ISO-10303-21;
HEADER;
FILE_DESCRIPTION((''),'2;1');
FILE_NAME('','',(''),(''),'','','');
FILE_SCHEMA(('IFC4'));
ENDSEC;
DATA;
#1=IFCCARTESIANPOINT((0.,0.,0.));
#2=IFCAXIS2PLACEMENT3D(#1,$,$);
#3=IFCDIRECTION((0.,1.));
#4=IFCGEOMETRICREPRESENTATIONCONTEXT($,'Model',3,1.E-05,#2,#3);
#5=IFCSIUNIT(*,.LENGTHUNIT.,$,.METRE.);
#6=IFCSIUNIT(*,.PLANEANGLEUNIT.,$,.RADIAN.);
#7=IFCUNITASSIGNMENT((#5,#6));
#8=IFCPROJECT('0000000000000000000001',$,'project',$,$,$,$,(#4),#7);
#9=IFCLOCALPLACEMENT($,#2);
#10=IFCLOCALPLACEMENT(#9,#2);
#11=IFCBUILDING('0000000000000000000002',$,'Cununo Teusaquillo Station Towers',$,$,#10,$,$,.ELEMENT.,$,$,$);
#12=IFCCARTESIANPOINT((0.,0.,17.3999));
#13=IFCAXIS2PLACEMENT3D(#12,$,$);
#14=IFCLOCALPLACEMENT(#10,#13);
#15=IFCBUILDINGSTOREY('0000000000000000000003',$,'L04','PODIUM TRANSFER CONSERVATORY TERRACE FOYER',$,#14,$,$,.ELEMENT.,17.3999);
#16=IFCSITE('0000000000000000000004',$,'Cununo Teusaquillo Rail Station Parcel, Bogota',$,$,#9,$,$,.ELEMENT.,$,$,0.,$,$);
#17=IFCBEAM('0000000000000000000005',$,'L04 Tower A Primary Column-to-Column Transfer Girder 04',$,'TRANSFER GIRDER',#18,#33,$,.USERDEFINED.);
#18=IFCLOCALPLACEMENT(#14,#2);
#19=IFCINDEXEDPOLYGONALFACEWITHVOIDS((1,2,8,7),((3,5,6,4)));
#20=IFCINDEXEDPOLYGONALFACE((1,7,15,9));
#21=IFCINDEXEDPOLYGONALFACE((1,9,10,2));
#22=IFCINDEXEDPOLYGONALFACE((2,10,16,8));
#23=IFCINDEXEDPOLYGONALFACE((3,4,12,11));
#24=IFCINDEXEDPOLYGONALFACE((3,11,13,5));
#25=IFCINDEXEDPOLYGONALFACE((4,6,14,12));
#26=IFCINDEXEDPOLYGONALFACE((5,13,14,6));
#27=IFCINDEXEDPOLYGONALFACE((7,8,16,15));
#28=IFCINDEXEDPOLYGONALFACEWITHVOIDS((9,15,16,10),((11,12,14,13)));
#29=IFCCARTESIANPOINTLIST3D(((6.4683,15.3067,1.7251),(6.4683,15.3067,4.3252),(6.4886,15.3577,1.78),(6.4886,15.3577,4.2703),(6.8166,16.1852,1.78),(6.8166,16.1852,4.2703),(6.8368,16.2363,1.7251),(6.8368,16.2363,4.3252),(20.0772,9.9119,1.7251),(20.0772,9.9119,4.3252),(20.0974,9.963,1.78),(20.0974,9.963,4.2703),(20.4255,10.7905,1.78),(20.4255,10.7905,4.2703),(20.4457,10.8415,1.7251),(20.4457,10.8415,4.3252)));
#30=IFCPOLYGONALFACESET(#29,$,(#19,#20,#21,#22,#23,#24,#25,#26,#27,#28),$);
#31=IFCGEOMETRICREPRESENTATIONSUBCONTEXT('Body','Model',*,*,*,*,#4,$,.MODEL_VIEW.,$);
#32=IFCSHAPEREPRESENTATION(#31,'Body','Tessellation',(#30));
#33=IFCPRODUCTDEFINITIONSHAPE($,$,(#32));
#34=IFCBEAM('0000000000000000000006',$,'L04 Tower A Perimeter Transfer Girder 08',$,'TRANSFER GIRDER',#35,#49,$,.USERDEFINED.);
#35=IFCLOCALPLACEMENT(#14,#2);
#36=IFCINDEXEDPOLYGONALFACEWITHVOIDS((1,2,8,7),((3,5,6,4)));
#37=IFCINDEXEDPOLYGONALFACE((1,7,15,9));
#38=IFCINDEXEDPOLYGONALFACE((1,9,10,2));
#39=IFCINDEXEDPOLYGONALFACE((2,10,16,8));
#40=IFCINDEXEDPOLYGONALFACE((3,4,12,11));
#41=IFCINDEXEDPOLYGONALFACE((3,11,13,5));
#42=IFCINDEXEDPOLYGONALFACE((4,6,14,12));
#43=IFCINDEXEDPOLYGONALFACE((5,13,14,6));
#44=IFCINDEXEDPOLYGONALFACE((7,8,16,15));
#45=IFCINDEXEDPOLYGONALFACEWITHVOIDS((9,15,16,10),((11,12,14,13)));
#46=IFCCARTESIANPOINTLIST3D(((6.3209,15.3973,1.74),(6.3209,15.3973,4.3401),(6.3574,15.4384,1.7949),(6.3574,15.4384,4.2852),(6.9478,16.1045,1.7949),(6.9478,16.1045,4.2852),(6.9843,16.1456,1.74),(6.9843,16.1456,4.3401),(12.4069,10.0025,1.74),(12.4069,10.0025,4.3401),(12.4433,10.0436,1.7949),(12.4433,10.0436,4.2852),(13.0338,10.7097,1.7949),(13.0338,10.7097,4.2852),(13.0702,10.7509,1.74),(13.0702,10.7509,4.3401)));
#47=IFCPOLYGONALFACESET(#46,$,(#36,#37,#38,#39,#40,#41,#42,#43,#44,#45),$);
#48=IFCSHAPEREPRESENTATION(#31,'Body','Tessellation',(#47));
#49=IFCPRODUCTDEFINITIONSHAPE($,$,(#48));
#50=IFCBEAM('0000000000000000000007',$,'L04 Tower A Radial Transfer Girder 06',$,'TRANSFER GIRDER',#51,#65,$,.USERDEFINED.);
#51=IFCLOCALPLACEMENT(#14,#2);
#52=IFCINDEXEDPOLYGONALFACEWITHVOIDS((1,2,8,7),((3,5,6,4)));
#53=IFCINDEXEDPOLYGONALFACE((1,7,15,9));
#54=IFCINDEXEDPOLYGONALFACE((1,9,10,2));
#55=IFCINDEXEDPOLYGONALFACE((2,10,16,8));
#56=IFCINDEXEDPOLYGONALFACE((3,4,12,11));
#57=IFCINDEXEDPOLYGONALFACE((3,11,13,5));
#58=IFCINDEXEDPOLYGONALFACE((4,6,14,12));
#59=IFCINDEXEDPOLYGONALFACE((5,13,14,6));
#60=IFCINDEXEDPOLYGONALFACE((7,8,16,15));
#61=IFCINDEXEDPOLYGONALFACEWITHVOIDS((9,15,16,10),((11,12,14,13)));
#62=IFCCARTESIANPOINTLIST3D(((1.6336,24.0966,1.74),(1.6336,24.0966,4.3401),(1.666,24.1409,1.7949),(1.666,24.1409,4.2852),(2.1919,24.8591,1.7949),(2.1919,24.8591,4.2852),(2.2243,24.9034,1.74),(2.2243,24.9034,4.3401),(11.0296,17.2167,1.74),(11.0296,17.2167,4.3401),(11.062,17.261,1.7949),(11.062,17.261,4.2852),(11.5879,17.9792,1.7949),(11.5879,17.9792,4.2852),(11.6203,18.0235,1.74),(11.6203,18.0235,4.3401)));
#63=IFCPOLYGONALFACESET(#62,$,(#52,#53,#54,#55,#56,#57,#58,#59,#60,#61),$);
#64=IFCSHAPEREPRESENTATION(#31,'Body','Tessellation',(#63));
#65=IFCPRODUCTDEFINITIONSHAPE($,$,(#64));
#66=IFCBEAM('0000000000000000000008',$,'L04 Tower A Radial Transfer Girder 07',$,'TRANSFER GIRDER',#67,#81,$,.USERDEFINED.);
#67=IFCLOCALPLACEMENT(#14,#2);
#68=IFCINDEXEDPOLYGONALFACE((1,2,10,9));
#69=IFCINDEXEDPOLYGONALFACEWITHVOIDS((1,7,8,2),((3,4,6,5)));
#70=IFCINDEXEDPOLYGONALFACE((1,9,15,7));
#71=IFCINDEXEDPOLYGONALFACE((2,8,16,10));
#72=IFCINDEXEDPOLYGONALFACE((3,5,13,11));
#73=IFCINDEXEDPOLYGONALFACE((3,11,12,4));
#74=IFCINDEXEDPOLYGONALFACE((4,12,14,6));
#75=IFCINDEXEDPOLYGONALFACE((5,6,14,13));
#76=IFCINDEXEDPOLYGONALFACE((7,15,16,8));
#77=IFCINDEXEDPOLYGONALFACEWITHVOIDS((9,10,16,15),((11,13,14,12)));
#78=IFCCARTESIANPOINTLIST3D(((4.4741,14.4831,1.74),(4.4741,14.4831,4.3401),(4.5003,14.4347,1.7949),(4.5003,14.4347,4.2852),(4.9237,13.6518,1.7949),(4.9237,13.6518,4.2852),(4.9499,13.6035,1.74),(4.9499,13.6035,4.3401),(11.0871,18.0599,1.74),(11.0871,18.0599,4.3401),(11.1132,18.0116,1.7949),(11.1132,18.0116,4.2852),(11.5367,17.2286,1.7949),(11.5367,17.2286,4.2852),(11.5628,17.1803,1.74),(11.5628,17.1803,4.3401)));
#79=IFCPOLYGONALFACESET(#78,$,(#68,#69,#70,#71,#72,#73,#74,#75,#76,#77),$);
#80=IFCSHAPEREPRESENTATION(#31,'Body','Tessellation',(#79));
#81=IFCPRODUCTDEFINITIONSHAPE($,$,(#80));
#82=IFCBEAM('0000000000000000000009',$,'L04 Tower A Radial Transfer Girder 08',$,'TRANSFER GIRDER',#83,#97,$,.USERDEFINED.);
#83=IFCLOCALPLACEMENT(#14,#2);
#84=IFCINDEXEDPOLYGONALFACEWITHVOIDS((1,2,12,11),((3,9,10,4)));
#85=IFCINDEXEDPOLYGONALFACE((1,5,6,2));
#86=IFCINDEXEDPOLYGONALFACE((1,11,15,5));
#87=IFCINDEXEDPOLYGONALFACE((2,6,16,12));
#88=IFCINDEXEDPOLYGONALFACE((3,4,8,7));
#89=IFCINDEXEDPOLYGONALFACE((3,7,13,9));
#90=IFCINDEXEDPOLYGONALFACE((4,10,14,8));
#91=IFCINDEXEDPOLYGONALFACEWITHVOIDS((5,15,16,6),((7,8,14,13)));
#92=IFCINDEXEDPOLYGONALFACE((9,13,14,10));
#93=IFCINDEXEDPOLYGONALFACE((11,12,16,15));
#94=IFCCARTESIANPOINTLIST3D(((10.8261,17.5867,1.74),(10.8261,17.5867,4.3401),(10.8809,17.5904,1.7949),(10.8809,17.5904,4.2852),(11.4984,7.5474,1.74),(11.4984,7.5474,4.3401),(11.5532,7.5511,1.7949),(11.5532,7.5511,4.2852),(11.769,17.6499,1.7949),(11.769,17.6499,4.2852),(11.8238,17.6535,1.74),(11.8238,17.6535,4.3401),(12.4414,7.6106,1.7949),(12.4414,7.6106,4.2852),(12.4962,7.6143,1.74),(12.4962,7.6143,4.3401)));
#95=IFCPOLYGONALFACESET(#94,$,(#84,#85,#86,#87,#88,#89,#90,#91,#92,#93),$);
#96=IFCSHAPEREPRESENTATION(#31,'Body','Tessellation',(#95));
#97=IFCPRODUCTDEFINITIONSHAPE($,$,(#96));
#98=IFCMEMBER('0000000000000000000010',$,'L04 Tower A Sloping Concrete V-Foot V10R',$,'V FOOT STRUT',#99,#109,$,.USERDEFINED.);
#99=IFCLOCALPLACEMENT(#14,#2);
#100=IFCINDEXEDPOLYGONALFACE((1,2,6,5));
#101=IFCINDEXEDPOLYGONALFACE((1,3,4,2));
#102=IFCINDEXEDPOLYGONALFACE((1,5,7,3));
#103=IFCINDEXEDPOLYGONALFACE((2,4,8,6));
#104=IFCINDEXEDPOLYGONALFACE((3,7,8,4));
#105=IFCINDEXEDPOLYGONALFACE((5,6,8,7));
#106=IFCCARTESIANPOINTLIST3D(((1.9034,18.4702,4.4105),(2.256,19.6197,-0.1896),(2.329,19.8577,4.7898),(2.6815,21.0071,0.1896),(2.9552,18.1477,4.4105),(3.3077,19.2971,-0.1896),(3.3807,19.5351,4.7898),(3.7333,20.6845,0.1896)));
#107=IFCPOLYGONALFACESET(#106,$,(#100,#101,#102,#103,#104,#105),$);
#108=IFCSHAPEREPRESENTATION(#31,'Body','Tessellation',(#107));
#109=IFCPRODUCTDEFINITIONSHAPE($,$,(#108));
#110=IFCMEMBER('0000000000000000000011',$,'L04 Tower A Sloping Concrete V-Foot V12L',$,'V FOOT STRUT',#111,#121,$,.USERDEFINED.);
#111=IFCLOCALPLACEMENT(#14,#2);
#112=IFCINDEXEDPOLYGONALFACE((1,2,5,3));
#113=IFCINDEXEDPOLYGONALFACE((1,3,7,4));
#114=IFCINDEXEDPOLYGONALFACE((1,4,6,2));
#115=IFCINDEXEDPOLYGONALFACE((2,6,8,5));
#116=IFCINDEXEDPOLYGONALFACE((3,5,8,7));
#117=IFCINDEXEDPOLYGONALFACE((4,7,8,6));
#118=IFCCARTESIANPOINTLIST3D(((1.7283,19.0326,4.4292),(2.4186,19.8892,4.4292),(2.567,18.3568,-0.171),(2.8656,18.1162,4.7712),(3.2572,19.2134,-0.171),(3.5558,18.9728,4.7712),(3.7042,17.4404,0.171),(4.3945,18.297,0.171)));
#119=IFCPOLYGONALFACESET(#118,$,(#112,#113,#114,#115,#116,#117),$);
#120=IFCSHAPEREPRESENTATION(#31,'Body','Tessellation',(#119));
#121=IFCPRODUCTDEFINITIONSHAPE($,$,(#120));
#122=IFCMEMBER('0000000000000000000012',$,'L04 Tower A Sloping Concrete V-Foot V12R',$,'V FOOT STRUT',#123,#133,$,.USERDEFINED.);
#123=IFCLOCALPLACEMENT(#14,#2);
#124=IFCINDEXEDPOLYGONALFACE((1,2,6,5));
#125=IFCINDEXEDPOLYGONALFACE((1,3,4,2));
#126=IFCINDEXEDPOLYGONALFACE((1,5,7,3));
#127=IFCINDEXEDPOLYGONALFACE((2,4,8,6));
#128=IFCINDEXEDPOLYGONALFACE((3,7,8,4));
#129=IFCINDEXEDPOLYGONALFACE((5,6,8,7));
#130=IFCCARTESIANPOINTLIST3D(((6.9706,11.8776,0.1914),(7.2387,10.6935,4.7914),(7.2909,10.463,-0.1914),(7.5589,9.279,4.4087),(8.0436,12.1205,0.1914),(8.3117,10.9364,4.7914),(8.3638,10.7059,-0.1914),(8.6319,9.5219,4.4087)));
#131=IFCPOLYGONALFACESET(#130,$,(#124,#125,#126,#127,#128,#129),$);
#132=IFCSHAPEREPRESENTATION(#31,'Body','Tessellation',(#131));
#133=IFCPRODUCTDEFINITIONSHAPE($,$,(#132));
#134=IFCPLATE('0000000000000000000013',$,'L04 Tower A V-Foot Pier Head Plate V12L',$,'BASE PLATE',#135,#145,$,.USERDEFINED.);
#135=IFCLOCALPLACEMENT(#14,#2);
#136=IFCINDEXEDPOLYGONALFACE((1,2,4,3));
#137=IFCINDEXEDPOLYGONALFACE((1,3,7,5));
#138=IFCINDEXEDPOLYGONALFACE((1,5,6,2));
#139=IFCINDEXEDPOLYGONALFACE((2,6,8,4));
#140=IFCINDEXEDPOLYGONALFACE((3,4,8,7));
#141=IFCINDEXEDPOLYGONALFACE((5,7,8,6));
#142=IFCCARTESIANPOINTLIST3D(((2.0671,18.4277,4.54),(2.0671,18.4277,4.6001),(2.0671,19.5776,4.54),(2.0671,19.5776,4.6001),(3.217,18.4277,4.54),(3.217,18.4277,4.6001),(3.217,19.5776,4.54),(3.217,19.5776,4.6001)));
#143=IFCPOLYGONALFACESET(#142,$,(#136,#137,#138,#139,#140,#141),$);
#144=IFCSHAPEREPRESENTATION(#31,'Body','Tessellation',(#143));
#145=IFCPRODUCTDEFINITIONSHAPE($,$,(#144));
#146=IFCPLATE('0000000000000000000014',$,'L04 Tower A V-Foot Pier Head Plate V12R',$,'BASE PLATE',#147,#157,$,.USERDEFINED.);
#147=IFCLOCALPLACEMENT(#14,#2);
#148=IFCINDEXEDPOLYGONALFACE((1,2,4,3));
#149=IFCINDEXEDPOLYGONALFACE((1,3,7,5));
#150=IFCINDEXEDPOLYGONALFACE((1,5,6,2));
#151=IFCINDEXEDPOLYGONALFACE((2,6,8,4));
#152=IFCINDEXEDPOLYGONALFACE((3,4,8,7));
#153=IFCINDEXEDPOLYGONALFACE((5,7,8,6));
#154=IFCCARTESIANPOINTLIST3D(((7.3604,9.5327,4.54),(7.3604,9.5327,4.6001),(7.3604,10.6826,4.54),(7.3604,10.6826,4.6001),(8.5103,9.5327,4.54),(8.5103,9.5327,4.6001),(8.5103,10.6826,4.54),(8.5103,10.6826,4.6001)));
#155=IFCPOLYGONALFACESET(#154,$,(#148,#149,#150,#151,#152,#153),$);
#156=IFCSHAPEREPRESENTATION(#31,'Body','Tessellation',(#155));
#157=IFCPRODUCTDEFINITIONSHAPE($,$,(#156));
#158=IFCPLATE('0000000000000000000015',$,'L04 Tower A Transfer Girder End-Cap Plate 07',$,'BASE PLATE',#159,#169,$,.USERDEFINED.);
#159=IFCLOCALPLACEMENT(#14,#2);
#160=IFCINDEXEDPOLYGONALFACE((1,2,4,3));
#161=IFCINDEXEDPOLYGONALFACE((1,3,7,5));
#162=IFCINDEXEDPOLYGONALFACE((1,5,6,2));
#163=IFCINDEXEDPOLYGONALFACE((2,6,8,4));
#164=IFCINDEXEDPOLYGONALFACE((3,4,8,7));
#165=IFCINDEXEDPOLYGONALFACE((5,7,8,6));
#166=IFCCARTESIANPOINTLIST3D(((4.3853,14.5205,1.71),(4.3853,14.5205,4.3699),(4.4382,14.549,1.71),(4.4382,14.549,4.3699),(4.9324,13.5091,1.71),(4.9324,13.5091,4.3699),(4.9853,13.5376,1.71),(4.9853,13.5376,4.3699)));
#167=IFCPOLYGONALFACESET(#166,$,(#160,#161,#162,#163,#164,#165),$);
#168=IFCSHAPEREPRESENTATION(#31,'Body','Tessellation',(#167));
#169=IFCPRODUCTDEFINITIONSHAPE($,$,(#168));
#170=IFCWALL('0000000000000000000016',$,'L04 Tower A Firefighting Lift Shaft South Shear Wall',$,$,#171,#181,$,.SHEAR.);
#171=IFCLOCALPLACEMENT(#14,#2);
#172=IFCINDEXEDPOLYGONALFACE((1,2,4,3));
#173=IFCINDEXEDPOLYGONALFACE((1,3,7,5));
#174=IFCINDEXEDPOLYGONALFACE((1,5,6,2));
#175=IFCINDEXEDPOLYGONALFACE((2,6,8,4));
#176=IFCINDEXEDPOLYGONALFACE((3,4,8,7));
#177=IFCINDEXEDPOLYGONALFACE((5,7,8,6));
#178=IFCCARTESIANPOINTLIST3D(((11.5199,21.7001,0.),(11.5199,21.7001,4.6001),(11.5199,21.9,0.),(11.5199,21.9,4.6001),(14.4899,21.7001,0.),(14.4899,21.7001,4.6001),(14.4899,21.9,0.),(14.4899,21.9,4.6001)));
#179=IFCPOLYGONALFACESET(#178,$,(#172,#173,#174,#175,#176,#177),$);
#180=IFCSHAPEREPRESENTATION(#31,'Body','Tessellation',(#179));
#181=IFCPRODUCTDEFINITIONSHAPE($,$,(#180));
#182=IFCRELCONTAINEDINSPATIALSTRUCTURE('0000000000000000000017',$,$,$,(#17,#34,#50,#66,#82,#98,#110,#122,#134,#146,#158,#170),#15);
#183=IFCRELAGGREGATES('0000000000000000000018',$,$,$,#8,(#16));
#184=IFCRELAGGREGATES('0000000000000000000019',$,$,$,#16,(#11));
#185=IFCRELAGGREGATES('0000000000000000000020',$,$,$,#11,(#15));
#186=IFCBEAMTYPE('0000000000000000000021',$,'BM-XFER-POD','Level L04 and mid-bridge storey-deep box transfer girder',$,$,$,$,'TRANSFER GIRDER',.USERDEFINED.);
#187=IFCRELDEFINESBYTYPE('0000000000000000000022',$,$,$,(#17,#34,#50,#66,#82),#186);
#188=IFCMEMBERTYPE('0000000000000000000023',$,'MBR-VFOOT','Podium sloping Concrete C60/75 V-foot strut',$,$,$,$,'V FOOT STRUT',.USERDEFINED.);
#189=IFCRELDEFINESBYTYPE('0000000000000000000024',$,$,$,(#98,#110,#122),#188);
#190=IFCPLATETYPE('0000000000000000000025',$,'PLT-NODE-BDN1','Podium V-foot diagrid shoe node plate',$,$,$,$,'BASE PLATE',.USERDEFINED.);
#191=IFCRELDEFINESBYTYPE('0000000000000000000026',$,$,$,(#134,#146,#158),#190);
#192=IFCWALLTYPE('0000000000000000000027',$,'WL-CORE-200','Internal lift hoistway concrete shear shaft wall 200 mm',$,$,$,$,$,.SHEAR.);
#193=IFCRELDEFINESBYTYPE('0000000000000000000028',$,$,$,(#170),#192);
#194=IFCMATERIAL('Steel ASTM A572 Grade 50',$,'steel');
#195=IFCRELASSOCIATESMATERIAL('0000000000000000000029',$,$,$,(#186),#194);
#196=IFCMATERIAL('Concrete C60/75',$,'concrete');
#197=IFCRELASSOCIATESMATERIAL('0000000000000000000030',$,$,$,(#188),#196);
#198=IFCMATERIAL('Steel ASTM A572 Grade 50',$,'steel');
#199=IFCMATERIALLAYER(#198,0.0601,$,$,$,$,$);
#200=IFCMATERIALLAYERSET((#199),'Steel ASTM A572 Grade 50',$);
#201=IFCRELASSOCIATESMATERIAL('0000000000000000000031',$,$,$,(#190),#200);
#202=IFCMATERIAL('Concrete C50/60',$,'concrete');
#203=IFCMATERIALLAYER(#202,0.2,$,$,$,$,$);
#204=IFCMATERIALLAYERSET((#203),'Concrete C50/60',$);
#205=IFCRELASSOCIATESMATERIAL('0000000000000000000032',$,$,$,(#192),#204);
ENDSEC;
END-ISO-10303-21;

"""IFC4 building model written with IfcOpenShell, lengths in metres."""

from ifc_helpers import new_model, si_unit, direction, frame, frame_2d, origin, origin_2d, place, context, subcontext, project, spatial, rectangle, hollow_rectangle, extrude, source, transform, mapped, material, layer, layer_set, material_profile, profile_set, type_object, element, save


model = new_model("IFC4")

# Units and contexts
model_context = context("Model", 3, precision=1e-05, world=origin(), true_north=direction((0.0, 1.0)))
body_context = subcontext(model_context, "Body", "Model", "MODEL_VIEW")
ifc_project = project(units=[si_unit("LENGTHUNIT", "METRE"), si_unit("PLANEANGLEUNIT", "RADIAN")], contexts=[model_context])

# Site, building, storey
site_placement = place(None, origin())
site = spatial("IfcSite", under=ifc_project, at=site_placement, Name="Cununo Teusaquillo Rail Station Parcel, Bogota", CompositionType="ELEMENT", RefElevation=0.0)
building_placement = place(site_placement, origin())
building = spatial("IfcBuilding", under=site, at=building_placement, Name="Cununo Teusaquillo Station Towers", CompositionType="ELEMENT")
storey_placement = place(building_placement, frame((0.0, 0.0, 17.3999)))
storey = spatial("IfcBuildingStorey", under=building, at=storey_placement, Name="L04", Description="PODIUM TRANSFER CONSERVATORY TERRACE FOYER", CompositionType="ELEMENT", Elevation=17.3999)

# Beams
ifc_material_1 = material(Name="Steel ASTM A572 Grade 50", Category="steel")
ifc_material_profile_1 = material_profile(ifc_material_1, hollow_rectangle(XDim=1.0, YDim=2.6001, WallThickness=0.0549, at=origin_2d()), Name="BOX 2600x1000x55")
ifc_profile_set_1 = profile_set([ifc_material_profile_1], Name="Steel ASTM A572 Grade 50")
beam_type_1 = type_object("IfcBeamType", Name="BM-XFER-POD", Description="Level L04 and mid-bridge storey-deep box transfer girder", ElementType="TRANSFER GIRDER", PredefinedType="USERDEFINED", material=ifc_profile_set_1)
beam_1_placement = place(storey_placement, frame((6.6526, 15.7715, 3.0251), z_axis=(0.929621, -0.368516, 0.0), x_axis=(0.368516, 0.929621, 0.0)))
element("IfcBeam", 1, at=beam_1_placement, inside=storey, type_object=beam_type_1, Name="L04 Tower A Primary Column-to-Column Transfer Girder 04", ObjectType="TRANSFER GIRDER", PredefinedType="USERDEFINED", context=body_context, shape_type="SweptSolid", body=[
    extrude(hollow_rectangle(XDim=1.0, YDim=2.6001, WallThickness=0.0549, at=origin_2d()), origin(), (0.0, 0.0, 1.0), 14.6392),
])
beam_2_placement = place(storey_placement, frame((6.6526, 15.7715, 3.04), z_axis=(0.748321, -0.663337, 0.0), x_axis=(0.663337, 0.748321, 0.0)))
element("IfcBeam", 2, at=beam_2_placement, inside=storey, type_object=beam_type_1, Name="L04 Tower A Perimeter Transfer Girder 08", ObjectType="TRANSFER GIRDER", PredefinedType="USERDEFINED", context=body_context, shape_type="SweptSolid", body=[
    extrude(hollow_rectangle(XDim=1.0, YDim=2.6001, WallThickness=0.0549, at=origin_2d()), origin(), (0.0, 0.0, 1.0), 8.1328),
])
beam_3_placement = place(storey_placement, frame((11.325, 17.6201, 3.04), z_axis=(-0.806835, 0.590776, 0.0), x_axis=(-0.590776, -0.806835, 0.0)))
element("IfcBeam", 3, at=beam_3_placement, inside=storey, type_object=beam_type_1, Name="L04 Tower A Radial Transfer Girder 06", ObjectType="TRANSFER GIRDER", PredefinedType="USERDEFINED", context=body_context, shape_type="SweptSolid", body=[
    extrude(hollow_rectangle(XDim=1.0, YDim=2.6001, WallThickness=0.0549, at=origin_2d()), origin(), (0.0, 0.0, 1.0), 11.6455),
])
beam_4_placement = place(storey_placement, frame((11.325, 17.6201, 3.04), z_axis=(-0.879579, -0.475753, 0.0), x_axis=(0.475753, -0.879579, 0.0)))
element("IfcBeam", 4, at=beam_4_placement, inside=storey, type_object=beam_type_1, Name="L04 Tower A Radial Transfer Girder 07", ObjectType="TRANSFER GIRDER", PredefinedType="USERDEFINED", context=body_context, shape_type="SweptSolid", body=[
    extrude(hollow_rectangle(XDim=1.0, YDim=2.6001, WallThickness=0.0549, at=origin_2d()), origin(), (0.0, 0.0, 1.0), 7.5183),
])
beam_5_placement = place(storey_placement, frame((11.325, 17.6201, 3.04), z_axis=(0.066823, -0.997765, 0.0), x_axis=(0.997765, 0.066823, 0.0)))
element("IfcBeam", 5, at=beam_5_placement, inside=storey, type_object=beam_type_1, Name="L04 Tower A Radial Transfer Girder 08", ObjectType="TRANSFER GIRDER", PredefinedType="USERDEFINED", context=body_context, shape_type="SweptSolid", body=[
    extrude(hollow_rectangle(XDim=1.0, YDim=2.6001, WallThickness=0.0549, at=origin_2d()), origin(), (0.0, 0.0, 1.0), 10.0618),
])

# Members
ifc_material_2 = material(Name="Concrete C60/75", Category="concrete")
ifc_material_profile_2 = material_profile(ifc_material_2, rectangle(XDim=1.1001, YDim=1.5, at=origin_2d()), Name="RC-RECT-1500x1100")
ifc_profile_set_2 = profile_set([ifc_material_profile_2], Name="Concrete C60/75")
member_type = type_object("IfcMemberType", Name="MBR-VFOOT", Description="Podium sloping Concrete C60/75 V-foot strut", ElementType="V FOOT STRUT", PredefinedType="USERDEFINED", material=ifc_profile_set_2)
member_1_placement = place(storey_placement, frame((2.9946, 20.1521, 0.0), z_axis=(-0.074147, -0.241747, 0.967502), x_axis=(0.956042, -0.29323, 0.0)))
element("IfcMember", 6, at=member_1_placement, inside=storey, type_object=member_type, Name="L04 Tower A Sloping Concrete V-Foot V10R", ObjectType="V FOOT STRUT", PredefinedType="USERDEFINED", context=body_context, shape_type="SweptSolid", body=[
    extrude(rectangle(XDim=1.1001, YDim=1.5, at=origin_2d()), origin(), (0.0, 0.0, 1.0), 4.7546),
])
member_2_placement = place(storey_placement, frame((3.4807, 18.3269, 0.0), z_axis=(-0.177505, 0.143038, 0.973669), x_axis=(-0.627456, -0.778652, 0.0)))
element("IfcMember", 7, at=member_2_placement, inside=storey, type_object=member_type, Name="L04 Tower A Sloping Concrete V-Foot V12L", ObjectType="V FOOT STRUT", PredefinedType="USERDEFINED", context=body_context, shape_type="SweptSolid", body=[
    extrude(rectangle(XDim=1.1001, YDim=1.5, at=origin_2d()), origin(), (0.0, 0.0, 1.0), 4.7246),
])
member_3_placement = place(storey_placement, frame((7.6672, 11.2917, 0.0), z_axis=(0.056345, -0.248882, 0.966894), x_axis=(0.975318, 0.220804, 0.0)))
element("IfcMember", 8, at=member_3_placement, inside=storey, type_object=member_type, Name="L04 Tower A Sloping Concrete V-Foot V12R", ObjectType="V FOOT STRUT", PredefinedType="USERDEFINED", context=body_context, shape_type="SweptSolid", body=[
    extrude(rectangle(XDim=1.1001, YDim=1.5, at=origin_2d()), origin(), (0.0, 0.0, 1.0), 4.7576),
])

# Plates
ifc_material_3 = material(Name="Steel ASTM A572 Grade 50", Category="steel")
ifc_layer_1 = layer(ifc_material_3, 0.0601)
ifc_layer_set_1 = layer_set([ifc_layer_1], Name="Steel ASTM A572 Grade 50")
plate_type = type_object("IfcPlateType", Name="PLT-NODE-BDN1", Description="Podium V-foot diagrid shoe node plate", ElementType="BASE PLATE", PredefinedType="USERDEFINED", material=ifc_layer_set_1)
shared_shape_1 = source(origin(), body_context, "Body", "SweptSolid", [
    extrude(rectangle(XDim=1.1499, YDim=1.1499, at=origin_2d()), origin(), (0.0, 0.0, 1.0), 0.0601),
])
for number, where, z_axis, x_axis, name in (
    (9, (2.6421, 19.0027, 4.54), (0.0, 0.0, 1.0), (1.0, 0.0, 0.0), "L04 Tower A V-Foot Pier Head Plate V12L"),
    (10, (7.9353, 10.1077, 4.54), (0.0, 0.0, 1.0), (1.0, 0.0, 0.0), "L04 Tower A V-Foot Pier Head Plate V12R"),
):
    element("IfcPlate", number, at=place(storey_placement, frame(where, z_axis=z_axis, x_axis=x_axis)), inside=storey, type_object=plate_type, Name=name, ObjectType="BASE PLATE", PredefinedType="USERDEFINED", context=body_context, shape_type="MappedRepresentation", body=[
        mapped(shared_shape_1, transform((0.0, 0.0, 0.0), x_axis=(1.0, 0.0, 0.0), y_axis=(0.0, 1.0, 0.0), z_axis=(0.0, 0.0, 1.0), scale=1.0)),
    ])
shared_shape_2 = source(origin(), body_context, "Body", "SweptSolid", [
    extrude(rectangle(XDim=0.0601, YDim=1.1499, at=origin_2d()), origin(), (0.0, 0.0, 1.0), 2.6599),
])
plate_placement = place(storey_placement, frame((4.6853, 14.0291, 1.71), z_axis=(0.0, 0.0, 1.0), x_axis=(-0.879566, -0.475778, 0.0)))
element("IfcPlate", 11, at=plate_placement, inside=storey, type_object=plate_type, Name="L04 Tower A Transfer Girder End-Cap Plate 07", ObjectType="BASE PLATE", PredefinedType="USERDEFINED", context=body_context, shape_type="MappedRepresentation", body=[
    mapped(shared_shape_2, transform((0.0, 0.0, 0.0), x_axis=(1.0, 0.0, 0.0), y_axis=(0.0, 1.0, 0.0), z_axis=(0.0, 0.0, 1.0), scale=1.0)),
])

# Wall
ifc_material_4 = material(Name="Concrete C50/60", Category="concrete")
ifc_layer_2 = layer(ifc_material_4, 0.2)
ifc_layer_set_2 = layer_set([ifc_layer_2], Name="Concrete C50/60")
wall_type_1 = type_object("IfcWallType", Name="WL-CORE-200", Description="Internal lift hoistway concrete shear shaft wall 200 mm", PredefinedType="SHEAR", material=ifc_layer_set_2)
wall_1_placement = place(storey_placement, frame((11.52, 21.8, 0.0), z_axis=(0.0, 0.0, 1.0), x_axis=(1.0, 0.0, 0.0)))
element("IfcWall", 12, at=wall_1_placement, inside=storey, type_object=wall_type_1, Name="L04 Tower A Firefighting Lift Shaft South Shear Wall", PredefinedType="SHEAR", context=body_context, shape_type="SweptSolid", body=[
    extrude(rectangle(XDim=2.97, YDim=0.2, at=frame_2d((1.4849, 0.0))), origin(), (0.0, 0.0, 1.0), 4.6001),
])

save(model, "model.ifc")
